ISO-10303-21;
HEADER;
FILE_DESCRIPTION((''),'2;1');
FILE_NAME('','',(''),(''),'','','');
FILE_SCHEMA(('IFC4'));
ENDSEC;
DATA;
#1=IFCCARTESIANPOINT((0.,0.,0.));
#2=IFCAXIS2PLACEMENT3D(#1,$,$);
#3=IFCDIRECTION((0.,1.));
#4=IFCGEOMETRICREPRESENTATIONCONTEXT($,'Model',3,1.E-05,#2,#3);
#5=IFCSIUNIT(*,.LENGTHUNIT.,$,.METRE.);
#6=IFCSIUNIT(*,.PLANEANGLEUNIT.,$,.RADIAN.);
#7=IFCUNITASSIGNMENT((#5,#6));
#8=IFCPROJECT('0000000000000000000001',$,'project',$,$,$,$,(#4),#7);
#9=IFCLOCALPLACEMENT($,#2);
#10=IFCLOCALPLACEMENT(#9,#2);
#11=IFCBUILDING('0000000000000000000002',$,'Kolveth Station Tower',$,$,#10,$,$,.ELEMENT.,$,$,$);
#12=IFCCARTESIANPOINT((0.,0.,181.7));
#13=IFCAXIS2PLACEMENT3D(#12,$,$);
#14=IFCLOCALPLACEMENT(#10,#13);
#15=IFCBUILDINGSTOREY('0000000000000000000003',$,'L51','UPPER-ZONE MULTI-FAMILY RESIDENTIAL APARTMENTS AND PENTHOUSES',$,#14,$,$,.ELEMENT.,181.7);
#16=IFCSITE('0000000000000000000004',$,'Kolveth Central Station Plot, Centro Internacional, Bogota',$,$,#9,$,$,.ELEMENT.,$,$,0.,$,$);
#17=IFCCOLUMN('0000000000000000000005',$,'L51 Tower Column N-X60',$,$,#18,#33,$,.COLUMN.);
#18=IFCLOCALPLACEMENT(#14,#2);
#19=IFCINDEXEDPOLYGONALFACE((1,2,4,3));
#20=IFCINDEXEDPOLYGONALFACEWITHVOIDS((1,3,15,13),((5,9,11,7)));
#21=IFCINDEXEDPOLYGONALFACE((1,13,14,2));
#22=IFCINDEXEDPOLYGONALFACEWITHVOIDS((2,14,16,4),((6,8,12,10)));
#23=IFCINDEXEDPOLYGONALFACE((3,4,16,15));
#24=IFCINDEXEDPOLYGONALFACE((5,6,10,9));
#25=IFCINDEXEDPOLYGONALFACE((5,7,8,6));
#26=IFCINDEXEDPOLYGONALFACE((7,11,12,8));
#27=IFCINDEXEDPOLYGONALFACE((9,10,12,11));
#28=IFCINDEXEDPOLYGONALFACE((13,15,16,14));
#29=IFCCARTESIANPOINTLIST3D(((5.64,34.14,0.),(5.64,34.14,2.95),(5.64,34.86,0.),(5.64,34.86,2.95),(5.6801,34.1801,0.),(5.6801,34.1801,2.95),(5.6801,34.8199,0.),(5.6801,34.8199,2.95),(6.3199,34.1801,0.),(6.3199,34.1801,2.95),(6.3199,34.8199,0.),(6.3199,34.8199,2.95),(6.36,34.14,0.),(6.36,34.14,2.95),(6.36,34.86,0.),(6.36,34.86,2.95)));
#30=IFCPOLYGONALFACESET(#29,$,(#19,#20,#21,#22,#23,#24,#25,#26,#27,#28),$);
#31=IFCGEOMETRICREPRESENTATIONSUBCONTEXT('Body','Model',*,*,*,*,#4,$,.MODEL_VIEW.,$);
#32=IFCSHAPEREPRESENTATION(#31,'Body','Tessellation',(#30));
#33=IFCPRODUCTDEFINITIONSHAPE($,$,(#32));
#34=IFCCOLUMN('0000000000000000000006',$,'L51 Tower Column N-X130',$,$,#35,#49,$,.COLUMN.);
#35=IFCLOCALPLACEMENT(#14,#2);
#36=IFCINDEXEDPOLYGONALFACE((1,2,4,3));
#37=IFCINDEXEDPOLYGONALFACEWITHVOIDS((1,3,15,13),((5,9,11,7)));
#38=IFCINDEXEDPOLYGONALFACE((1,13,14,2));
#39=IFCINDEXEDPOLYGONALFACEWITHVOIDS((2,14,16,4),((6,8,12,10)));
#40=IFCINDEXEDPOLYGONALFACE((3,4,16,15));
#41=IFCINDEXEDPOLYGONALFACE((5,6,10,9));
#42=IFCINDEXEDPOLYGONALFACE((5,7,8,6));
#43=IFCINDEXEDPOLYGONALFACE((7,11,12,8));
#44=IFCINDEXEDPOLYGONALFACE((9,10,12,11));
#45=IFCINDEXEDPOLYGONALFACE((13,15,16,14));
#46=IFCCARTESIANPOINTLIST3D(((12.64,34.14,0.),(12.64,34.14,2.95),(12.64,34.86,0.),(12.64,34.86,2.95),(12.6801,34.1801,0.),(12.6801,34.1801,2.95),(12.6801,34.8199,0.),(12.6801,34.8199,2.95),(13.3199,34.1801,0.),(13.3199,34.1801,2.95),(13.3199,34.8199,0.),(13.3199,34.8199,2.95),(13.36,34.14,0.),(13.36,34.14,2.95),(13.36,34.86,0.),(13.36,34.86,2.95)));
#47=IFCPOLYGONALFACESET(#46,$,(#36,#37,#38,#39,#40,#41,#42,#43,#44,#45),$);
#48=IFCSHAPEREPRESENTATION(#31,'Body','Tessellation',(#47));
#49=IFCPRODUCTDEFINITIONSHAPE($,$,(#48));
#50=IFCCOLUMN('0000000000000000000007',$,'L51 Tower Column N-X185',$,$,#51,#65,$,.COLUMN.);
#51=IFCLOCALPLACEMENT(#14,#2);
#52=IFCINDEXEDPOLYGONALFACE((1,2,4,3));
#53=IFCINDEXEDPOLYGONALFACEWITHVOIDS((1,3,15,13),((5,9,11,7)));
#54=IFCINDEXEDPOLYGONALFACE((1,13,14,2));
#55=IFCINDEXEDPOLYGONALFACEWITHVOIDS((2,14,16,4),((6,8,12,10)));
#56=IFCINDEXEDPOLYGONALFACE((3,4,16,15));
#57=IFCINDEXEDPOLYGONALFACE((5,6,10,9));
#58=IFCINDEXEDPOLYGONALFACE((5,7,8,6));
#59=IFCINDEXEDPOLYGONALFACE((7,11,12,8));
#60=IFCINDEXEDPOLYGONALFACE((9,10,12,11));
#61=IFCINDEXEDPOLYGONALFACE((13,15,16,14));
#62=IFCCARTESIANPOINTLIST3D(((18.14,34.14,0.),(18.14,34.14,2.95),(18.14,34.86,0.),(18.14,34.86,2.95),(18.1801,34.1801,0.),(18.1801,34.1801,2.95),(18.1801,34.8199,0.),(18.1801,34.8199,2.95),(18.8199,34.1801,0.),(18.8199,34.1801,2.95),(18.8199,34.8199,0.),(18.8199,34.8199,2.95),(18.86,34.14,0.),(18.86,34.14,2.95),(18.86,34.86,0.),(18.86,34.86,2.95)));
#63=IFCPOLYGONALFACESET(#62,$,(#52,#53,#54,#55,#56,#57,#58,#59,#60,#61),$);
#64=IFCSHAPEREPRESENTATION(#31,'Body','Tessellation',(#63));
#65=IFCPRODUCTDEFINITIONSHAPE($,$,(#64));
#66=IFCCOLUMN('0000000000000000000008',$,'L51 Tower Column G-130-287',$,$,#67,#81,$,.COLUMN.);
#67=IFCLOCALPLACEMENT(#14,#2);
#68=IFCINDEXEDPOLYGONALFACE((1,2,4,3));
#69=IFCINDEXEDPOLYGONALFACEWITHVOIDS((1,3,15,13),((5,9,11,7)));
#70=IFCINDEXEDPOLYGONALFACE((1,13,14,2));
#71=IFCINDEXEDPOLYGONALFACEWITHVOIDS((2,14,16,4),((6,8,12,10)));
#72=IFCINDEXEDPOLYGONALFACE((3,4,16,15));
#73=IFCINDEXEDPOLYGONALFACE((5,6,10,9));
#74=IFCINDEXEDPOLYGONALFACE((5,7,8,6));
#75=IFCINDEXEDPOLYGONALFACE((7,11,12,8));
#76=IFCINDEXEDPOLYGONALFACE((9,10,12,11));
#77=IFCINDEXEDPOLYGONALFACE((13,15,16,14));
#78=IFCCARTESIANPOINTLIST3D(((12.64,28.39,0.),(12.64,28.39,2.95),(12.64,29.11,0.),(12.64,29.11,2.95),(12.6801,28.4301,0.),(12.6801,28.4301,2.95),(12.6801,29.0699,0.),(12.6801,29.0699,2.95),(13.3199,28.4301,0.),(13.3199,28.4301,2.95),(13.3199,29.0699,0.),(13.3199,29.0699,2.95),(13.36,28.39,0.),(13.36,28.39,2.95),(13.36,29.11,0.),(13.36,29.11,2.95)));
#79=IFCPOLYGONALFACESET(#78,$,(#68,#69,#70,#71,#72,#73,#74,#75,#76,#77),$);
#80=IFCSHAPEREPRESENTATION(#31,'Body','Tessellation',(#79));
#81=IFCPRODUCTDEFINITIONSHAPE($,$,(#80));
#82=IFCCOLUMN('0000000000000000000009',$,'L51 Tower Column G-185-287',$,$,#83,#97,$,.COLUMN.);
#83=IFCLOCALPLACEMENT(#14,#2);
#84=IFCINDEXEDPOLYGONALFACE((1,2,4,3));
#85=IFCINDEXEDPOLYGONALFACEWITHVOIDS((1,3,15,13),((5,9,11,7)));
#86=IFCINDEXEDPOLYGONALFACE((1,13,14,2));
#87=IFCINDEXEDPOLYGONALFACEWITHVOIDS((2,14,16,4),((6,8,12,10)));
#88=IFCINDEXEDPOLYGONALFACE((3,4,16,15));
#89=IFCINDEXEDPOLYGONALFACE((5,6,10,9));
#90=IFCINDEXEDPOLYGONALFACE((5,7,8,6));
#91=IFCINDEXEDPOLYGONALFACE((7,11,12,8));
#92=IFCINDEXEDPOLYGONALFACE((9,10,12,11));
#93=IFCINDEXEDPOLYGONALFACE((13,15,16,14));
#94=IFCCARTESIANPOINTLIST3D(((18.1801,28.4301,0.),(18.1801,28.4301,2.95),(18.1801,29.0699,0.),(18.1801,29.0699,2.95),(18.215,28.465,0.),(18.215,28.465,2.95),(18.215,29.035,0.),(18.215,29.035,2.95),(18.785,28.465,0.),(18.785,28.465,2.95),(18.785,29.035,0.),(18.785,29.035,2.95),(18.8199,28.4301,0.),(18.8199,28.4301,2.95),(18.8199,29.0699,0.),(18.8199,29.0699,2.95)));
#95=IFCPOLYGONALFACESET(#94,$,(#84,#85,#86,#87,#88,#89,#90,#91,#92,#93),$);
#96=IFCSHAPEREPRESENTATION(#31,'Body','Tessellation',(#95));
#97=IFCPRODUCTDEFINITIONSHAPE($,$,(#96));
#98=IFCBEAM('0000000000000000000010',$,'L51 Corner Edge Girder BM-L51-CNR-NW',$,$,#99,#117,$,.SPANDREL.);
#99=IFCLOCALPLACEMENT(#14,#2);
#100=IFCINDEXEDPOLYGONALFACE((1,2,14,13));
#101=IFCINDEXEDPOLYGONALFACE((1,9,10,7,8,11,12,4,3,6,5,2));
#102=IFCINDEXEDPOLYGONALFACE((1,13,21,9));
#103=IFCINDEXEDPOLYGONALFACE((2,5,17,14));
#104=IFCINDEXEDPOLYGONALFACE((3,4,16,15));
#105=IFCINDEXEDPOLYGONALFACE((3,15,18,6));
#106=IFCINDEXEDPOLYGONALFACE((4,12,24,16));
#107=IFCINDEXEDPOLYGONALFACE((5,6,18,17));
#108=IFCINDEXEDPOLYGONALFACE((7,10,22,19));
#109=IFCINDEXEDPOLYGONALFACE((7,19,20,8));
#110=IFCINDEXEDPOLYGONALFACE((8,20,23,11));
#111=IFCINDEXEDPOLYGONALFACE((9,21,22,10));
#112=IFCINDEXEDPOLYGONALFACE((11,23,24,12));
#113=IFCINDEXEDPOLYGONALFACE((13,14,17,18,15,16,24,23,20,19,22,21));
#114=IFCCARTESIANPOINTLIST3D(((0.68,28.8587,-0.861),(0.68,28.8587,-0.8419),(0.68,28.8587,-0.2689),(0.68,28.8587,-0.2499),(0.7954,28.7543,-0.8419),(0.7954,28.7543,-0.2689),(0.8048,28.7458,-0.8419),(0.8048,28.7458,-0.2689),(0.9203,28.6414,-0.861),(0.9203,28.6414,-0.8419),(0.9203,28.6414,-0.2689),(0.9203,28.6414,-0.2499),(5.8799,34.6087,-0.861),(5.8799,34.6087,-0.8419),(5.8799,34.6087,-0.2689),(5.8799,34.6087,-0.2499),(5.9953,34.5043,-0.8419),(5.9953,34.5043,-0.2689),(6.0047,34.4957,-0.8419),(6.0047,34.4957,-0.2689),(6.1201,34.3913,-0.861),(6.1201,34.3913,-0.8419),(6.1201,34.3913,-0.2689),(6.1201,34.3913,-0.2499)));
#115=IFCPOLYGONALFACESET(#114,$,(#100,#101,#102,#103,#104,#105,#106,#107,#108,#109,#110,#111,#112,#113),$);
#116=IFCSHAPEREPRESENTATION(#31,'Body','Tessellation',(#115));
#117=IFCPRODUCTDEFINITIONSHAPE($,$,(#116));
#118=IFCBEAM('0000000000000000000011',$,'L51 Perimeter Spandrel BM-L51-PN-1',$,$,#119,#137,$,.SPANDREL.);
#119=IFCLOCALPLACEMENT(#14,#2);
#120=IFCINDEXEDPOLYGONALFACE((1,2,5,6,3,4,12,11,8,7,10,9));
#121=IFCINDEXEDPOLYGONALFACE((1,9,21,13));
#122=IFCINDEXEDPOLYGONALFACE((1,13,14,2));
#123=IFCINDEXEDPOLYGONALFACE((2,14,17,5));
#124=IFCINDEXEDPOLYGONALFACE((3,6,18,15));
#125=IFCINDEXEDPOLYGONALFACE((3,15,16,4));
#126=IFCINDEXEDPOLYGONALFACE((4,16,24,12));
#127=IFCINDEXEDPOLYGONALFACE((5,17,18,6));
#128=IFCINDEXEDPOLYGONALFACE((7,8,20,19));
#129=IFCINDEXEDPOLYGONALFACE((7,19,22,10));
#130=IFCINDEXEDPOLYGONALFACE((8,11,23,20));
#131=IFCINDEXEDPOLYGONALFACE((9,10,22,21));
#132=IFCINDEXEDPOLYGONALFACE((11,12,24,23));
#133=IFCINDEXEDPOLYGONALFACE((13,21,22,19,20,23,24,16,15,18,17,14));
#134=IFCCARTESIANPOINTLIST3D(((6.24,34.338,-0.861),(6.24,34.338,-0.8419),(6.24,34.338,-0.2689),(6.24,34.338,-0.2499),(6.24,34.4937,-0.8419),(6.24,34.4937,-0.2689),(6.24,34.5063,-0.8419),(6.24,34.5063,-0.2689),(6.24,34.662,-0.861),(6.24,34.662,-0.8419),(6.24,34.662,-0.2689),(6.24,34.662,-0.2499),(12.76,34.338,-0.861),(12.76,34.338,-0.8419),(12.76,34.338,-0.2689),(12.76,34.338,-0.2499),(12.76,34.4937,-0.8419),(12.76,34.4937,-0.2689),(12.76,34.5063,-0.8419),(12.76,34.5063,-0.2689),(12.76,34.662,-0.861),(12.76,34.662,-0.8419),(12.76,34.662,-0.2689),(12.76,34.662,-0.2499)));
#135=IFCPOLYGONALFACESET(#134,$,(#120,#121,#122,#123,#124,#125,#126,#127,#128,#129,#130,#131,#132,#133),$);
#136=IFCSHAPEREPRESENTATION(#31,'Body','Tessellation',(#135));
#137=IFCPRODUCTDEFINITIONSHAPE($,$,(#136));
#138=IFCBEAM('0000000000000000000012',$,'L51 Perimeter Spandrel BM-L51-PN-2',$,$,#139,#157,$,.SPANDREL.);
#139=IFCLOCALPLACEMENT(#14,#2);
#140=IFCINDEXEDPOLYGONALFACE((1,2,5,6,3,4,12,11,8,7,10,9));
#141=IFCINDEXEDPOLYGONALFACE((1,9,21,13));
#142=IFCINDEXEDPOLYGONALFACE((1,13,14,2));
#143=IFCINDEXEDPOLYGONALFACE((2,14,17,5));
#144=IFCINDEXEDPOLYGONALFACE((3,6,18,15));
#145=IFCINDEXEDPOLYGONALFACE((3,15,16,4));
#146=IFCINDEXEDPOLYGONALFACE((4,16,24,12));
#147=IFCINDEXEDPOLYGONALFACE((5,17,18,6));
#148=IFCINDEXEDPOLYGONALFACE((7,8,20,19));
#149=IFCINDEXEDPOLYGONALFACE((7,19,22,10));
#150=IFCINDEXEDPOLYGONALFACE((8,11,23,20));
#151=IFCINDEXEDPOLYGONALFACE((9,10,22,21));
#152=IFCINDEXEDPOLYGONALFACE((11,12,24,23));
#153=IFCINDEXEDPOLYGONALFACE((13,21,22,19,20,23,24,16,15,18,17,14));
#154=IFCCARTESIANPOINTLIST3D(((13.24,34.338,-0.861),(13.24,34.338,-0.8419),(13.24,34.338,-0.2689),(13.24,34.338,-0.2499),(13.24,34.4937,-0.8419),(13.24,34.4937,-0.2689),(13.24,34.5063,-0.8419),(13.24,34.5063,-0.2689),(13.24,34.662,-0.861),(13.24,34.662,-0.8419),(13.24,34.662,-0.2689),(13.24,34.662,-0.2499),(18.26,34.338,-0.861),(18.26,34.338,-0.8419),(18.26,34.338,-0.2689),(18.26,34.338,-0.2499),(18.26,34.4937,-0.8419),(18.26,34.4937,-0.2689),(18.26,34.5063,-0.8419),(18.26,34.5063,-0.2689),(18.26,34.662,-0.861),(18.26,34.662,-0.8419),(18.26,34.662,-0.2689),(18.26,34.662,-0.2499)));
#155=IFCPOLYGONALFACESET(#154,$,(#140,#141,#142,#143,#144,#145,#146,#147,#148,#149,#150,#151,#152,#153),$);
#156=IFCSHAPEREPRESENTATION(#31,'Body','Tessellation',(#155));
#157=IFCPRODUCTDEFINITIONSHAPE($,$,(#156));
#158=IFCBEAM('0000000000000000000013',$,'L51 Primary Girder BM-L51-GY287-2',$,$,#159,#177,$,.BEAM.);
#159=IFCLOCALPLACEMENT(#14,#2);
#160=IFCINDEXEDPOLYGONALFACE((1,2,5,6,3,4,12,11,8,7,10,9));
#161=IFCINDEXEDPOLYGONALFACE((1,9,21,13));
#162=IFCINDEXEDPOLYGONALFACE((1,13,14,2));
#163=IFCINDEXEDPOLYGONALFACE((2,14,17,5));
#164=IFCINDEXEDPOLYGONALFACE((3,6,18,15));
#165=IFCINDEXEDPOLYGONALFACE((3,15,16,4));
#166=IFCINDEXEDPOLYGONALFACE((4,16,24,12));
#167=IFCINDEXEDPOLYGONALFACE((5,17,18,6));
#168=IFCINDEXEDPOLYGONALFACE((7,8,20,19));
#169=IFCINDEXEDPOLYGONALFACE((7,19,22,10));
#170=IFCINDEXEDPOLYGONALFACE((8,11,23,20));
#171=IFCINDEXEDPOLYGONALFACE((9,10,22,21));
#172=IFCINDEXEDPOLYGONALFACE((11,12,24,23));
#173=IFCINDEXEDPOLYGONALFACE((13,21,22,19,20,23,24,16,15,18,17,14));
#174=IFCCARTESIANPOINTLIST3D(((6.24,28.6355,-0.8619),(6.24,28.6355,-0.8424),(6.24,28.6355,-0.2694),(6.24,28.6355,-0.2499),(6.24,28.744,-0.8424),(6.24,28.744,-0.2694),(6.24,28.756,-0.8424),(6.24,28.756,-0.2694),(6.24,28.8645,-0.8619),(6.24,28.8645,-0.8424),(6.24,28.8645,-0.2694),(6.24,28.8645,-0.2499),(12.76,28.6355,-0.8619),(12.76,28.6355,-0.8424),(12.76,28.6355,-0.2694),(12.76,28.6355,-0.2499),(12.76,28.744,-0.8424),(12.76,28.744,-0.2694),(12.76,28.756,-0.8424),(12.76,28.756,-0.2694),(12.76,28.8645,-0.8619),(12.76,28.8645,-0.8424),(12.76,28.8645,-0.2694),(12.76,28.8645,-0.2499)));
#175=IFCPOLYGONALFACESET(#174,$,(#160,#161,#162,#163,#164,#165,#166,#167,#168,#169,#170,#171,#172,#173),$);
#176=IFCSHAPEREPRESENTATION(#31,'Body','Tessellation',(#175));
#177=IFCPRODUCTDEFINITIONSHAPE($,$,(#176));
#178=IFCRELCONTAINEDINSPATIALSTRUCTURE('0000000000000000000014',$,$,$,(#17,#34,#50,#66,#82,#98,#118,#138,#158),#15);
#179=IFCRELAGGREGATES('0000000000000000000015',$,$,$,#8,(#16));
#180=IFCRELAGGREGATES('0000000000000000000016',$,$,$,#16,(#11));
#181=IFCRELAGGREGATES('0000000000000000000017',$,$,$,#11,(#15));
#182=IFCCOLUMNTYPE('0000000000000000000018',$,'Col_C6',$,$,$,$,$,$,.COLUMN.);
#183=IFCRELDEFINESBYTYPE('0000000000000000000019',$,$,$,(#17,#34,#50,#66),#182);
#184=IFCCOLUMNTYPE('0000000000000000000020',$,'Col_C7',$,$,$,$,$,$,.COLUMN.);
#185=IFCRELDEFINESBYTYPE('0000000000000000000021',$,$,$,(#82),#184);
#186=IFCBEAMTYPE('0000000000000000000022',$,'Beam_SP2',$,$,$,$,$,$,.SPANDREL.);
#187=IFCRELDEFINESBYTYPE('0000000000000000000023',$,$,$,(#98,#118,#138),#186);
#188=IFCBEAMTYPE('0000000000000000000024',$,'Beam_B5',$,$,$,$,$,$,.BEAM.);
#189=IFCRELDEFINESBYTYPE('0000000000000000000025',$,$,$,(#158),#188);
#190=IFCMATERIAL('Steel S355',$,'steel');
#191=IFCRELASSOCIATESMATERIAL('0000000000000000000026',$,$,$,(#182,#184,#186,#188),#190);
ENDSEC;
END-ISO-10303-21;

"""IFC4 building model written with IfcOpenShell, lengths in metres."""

from ifc_helpers import new_model, si_unit, direction, frame, origin, origin_2d, place, context, subcontext, project, spatial, hollow_rectangle, i_section, extrude, source, transform, mapped, material, material_profile, profile_set, type_object, element, save


model = new_model("IFC4")

# Units and contexts
model_context = context("Model", 3, precision=1e-05, world=origin(), true_north=direction((0.0, 1.0)))
body_context = subcontext(model_context, "Body", "Model", "MODEL_VIEW")
ifc_project = project(units=[si_unit("LENGTHUNIT", "METRE"), si_unit("PLANEANGLEUNIT", "RADIAN")], contexts=[model_context])

# Site, building, storey
site_placement = place(None, origin())
site = spatial("IfcSite", under=ifc_project, at=site_placement, Name="Kolveth Central Station Plot, Centro Internacional, Bogota", CompositionType="ELEMENT", RefElevation=0.0)
building_placement = place(site_placement, origin())
building = spatial("IfcBuilding", under=site, at=building_placement, Name="Kolveth Station Tower", CompositionType="ELEMENT")
storey_placement = place(building_placement, frame((0.0, 0.0, 181.7)))
storey = spatial("IfcBuildingStorey", under=building, at=storey_placement, Name="L51", Description="UPPER-ZONE MULTI-FAMILY RESIDENTIAL APARTMENTS AND PENTHOUSES", CompositionType="ELEMENT", Elevation=181.7)

# Columns
ifc_material_1 = material(Name="Steel S355", Category="steel")
ifc_material_profile_1 = material_profile(ifc_material_1, hollow_rectangle(XDim=0.72, YDim=0.72, WallThickness=0.04, at=origin_2d()), Name="BOX720x720x40")
ifc_profile_set_1 = profile_set([ifc_material_profile_1], Name="Steel S355")
column_type_1 = type_object("IfcColumnType", Name="Col_C6", PredefinedType="COLUMN", material=ifc_profile_set_1)
shared_shape_1 = source(origin(), body_context, "Body", "SweptSolid", [
    extrude(hollow_rectangle(XDim=0.72, YDim=0.72, WallThickness=0.04, at=origin_2d()), origin(), (0.0, 0.0, 1.0), 2.95),
])
for number, where, z_axis, x_axis, name in (
    (1, (6.0, 34.5, 0.0), (0.0, 0.0, 1.0), (1.0, 0.0, 0.0), "L51 Tower Column N-X60"),
    (2, (13.0, 34.5, 0.0), (0.0, 0.0, 1.0), (1.0, 0.0, 0.0), "L51 Tower Column N-X130"),
    (3, (18.5, 34.5, 0.0), (0.0, 0.0, 1.0), (1.0, 0.0, 0.0), "L51 Tower Column N-X185"),
    (4, (13.0, 28.75, 0.0), (0.0, 0.0, 1.0), (1.0, 0.0, 0.0), "L51 Tower Column G-130-287"),
):
    element("IfcColumn", number, at=place(storey_placement, frame(where, z_axis=z_axis, x_axis=x_axis)), inside=storey, type_object=column_type_1, Name=name, PredefinedType="COLUMN", context=body_context, shape_type="MappedRepresentation", body=[
        mapped(shared_shape_1, transform((0.0, 0.0, 0.0), x_axis=(1.0, 0.0, 0.0), y_axis=(0.0, 1.0, 0.0), z_axis=(0.0, 0.0, 1.0), scale=1.0)),
    ])
ifc_material_profile_2 = material_profile(ifc_material_1, hollow_rectangle(XDim=0.6399, YDim=0.6399, WallThickness=0.0349, at=origin_2d()), Name="BOX640x640x35")
ifc_profile_set_2 = profile_set([ifc_material_profile_2], Name="Steel S355")
column_type_2 = type_object("IfcColumnType", Name="Col_C7", PredefinedType="COLUMN", material=ifc_profile_set_2)
shared_shape_2 = source(origin(), body_context, "Body", "SweptSolid", [
    extrude(hollow_rectangle(XDim=0.6399, YDim=0.6399, WallThickness=0.0349, at=origin_2d()), origin(), (0.0, 0.0, 1.0), 2.95),
])
column_placement = place(storey_placement, frame((18.5, 28.75, 0.0), z_axis=(0.0, 0.0, 1.0), x_axis=(1.0, 0.0, 0.0)))
element("IfcColumn", 5, at=column_placement, inside=storey, type_object=column_type_2, Name="L51 Tower Column G-185-287", PredefinedType="COLUMN", context=body_context, shape_type="MappedRepresentation", body=[
    mapped(shared_shape_2, transform((0.0, 0.0, 0.0), x_axis=(1.0, 0.0, 0.0), y_axis=(0.0, 1.0, 0.0), z_axis=(0.0, 0.0, 1.0), scale=1.0)),
])

# Beams
ifc_material_profile_3 = material_profile(ifc_material_1, i_section(OverallWidth=0.324, OverallDepth=0.6111, WebThickness=0.0127, FlangeThickness=0.019, at=origin_2d()), Name="W610x155")
ifc_profile_set_3 = profile_set([ifc_material_profile_3], Name="Steel S355")
beam_type_1 = type_object("IfcBeamType", Name="Beam_SP2", PredefinedType="SPANDREL", material=ifc_profile_set_3)
shared_shape_3 = source(origin(), body_context, "Body", "SweptSolid", [
    extrude(i_section(OverallWidth=0.324, OverallDepth=0.6111, WebThickness=0.0127, FlangeThickness=0.019, at=origin_2d()), origin(), (0.0, 0.0, 1.0), 7.7524),
])
beam_1_placement = place(storey_placement, frame((6.0, 34.5, -0.5554), z_axis=(-0.670741, -0.741692, 0.0), x_axis=(0.741692, -0.670741, 0.0)))
element("IfcBeam", 6, at=beam_1_placement, inside=storey, type_object=beam_type_1, Name="L51 Corner Edge Girder BM-L51-CNR-NW", PredefinedType="SPANDREL", context=body_context, shape_type="MappedRepresentation", body=[
    mapped(shared_shape_3, transform((0.0, 0.0, 0.0), x_axis=(1.0, 0.0, 0.0), y_axis=(0.0, 1.0, 0.0), z_axis=(0.0, 0.0, 1.0), scale=1.0)),
])
shared_shape_4 = source(origin(), body_context, "Body", "SweptSolid", [
    extrude(i_section(OverallWidth=0.324, OverallDepth=0.6111, WebThickness=0.0127, FlangeThickness=0.019, at=origin_2d()), origin(), (0.0, 0.0, 1.0), 6.52),
])
beam_2_placement = place(storey_placement, frame((6.24, 34.5, -0.5554), z_axis=(1.0, 0.0, 0.0), x_axis=(0.0, 1.0, 0.0)))
element("IfcBeam", 7, at=beam_2_placement, inside=storey, type_object=beam_type_1, Name="L51 Perimeter Spandrel BM-L51-PN-1", PredefinedType="SPANDREL", context=body_context, shape_type="MappedRepresentation", body=[
    mapped(shared_shape_4, transform((0.0, 0.0, 0.0), x_axis=(1.0, 0.0, 0.0), y_axis=(0.0, 1.0, 0.0), z_axis=(0.0, 0.0, 1.0), scale=1.0)),
])
shared_shape_5 = source(origin(), body_context, "Body", "SweptSolid", [
    extrude(i_section(OverallWidth=0.324, OverallDepth=0.6111, WebThickness=0.0127, FlangeThickness=0.019, at=origin_2d()), origin(), (0.0, 0.0, 1.0), 5.02),
])
beam_3_placement = place(storey_placement, frame((13.24, 34.5, -0.5554), z_axis=(1.0, 0.0, 0.0), x_axis=(0.0, 1.0, 0.0)))
element("IfcBeam", 8, at=beam_3_placement, inside=storey, type_object=beam_type_1, Name="L51 Perimeter Spandrel BM-L51-PN-2", PredefinedType="SPANDREL", context=body_context, shape_type="MappedRepresentation", body=[
    mapped(shared_shape_5, transform((0.0, 0.0, 0.0), x_axis=(1.0, 0.0, 0.0), y_axis=(0.0, 1.0, 0.0), z_axis=(0.0, 0.0, 1.0), scale=1.0)),
])
ifc_material_profile_4 = material_profile(ifc_material_1, i_section(OverallWidth=0.229, OverallDepth=0.6121, WebThickness=0.012, FlangeThickness=0.0195, at=origin_2d()), Name="W610x125")
ifc_profile_set_4 = profile_set([ifc_material_profile_4], Name="Steel S355")
beam_type_2 = type_object("IfcBeamType", Name="Beam_B5", PredefinedType="BEAM", material=ifc_profile_set_4)
shared_shape_6 = source(origin(), body_context, "Body", "SweptSolid", [
    extrude(i_section(OverallWidth=0.229, OverallDepth=0.6121, WebThickness=0.012, FlangeThickness=0.0195, at=origin_2d()), origin(), (0.0, 0.0, 1.0), 6.52),
])
beam_4_placement = place(storey_placement, frame((6.24, 28.75, -0.5559), z_axis=(1.0, 0.0, 0.0), x_axis=(0.0, 1.0, 0.0)))
element("IfcBeam", 9, at=beam_4_placement, inside=storey, type_object=beam_type_2, Name="L51 Primary Girder BM-L51-GY287-2", PredefinedType="BEAM", context=body_context, shape_type="MappedRepresentation", body=[
    mapped(shared_shape_6, transform((0.0, 0.0, 0.0), x_axis=(1.0, 0.0, 0.0), y_axis=(0.0, 1.0, 0.0), z_axis=(0.0, 0.0, 1.0), scale=1.0)),
])

save(model, "model.ifc")
